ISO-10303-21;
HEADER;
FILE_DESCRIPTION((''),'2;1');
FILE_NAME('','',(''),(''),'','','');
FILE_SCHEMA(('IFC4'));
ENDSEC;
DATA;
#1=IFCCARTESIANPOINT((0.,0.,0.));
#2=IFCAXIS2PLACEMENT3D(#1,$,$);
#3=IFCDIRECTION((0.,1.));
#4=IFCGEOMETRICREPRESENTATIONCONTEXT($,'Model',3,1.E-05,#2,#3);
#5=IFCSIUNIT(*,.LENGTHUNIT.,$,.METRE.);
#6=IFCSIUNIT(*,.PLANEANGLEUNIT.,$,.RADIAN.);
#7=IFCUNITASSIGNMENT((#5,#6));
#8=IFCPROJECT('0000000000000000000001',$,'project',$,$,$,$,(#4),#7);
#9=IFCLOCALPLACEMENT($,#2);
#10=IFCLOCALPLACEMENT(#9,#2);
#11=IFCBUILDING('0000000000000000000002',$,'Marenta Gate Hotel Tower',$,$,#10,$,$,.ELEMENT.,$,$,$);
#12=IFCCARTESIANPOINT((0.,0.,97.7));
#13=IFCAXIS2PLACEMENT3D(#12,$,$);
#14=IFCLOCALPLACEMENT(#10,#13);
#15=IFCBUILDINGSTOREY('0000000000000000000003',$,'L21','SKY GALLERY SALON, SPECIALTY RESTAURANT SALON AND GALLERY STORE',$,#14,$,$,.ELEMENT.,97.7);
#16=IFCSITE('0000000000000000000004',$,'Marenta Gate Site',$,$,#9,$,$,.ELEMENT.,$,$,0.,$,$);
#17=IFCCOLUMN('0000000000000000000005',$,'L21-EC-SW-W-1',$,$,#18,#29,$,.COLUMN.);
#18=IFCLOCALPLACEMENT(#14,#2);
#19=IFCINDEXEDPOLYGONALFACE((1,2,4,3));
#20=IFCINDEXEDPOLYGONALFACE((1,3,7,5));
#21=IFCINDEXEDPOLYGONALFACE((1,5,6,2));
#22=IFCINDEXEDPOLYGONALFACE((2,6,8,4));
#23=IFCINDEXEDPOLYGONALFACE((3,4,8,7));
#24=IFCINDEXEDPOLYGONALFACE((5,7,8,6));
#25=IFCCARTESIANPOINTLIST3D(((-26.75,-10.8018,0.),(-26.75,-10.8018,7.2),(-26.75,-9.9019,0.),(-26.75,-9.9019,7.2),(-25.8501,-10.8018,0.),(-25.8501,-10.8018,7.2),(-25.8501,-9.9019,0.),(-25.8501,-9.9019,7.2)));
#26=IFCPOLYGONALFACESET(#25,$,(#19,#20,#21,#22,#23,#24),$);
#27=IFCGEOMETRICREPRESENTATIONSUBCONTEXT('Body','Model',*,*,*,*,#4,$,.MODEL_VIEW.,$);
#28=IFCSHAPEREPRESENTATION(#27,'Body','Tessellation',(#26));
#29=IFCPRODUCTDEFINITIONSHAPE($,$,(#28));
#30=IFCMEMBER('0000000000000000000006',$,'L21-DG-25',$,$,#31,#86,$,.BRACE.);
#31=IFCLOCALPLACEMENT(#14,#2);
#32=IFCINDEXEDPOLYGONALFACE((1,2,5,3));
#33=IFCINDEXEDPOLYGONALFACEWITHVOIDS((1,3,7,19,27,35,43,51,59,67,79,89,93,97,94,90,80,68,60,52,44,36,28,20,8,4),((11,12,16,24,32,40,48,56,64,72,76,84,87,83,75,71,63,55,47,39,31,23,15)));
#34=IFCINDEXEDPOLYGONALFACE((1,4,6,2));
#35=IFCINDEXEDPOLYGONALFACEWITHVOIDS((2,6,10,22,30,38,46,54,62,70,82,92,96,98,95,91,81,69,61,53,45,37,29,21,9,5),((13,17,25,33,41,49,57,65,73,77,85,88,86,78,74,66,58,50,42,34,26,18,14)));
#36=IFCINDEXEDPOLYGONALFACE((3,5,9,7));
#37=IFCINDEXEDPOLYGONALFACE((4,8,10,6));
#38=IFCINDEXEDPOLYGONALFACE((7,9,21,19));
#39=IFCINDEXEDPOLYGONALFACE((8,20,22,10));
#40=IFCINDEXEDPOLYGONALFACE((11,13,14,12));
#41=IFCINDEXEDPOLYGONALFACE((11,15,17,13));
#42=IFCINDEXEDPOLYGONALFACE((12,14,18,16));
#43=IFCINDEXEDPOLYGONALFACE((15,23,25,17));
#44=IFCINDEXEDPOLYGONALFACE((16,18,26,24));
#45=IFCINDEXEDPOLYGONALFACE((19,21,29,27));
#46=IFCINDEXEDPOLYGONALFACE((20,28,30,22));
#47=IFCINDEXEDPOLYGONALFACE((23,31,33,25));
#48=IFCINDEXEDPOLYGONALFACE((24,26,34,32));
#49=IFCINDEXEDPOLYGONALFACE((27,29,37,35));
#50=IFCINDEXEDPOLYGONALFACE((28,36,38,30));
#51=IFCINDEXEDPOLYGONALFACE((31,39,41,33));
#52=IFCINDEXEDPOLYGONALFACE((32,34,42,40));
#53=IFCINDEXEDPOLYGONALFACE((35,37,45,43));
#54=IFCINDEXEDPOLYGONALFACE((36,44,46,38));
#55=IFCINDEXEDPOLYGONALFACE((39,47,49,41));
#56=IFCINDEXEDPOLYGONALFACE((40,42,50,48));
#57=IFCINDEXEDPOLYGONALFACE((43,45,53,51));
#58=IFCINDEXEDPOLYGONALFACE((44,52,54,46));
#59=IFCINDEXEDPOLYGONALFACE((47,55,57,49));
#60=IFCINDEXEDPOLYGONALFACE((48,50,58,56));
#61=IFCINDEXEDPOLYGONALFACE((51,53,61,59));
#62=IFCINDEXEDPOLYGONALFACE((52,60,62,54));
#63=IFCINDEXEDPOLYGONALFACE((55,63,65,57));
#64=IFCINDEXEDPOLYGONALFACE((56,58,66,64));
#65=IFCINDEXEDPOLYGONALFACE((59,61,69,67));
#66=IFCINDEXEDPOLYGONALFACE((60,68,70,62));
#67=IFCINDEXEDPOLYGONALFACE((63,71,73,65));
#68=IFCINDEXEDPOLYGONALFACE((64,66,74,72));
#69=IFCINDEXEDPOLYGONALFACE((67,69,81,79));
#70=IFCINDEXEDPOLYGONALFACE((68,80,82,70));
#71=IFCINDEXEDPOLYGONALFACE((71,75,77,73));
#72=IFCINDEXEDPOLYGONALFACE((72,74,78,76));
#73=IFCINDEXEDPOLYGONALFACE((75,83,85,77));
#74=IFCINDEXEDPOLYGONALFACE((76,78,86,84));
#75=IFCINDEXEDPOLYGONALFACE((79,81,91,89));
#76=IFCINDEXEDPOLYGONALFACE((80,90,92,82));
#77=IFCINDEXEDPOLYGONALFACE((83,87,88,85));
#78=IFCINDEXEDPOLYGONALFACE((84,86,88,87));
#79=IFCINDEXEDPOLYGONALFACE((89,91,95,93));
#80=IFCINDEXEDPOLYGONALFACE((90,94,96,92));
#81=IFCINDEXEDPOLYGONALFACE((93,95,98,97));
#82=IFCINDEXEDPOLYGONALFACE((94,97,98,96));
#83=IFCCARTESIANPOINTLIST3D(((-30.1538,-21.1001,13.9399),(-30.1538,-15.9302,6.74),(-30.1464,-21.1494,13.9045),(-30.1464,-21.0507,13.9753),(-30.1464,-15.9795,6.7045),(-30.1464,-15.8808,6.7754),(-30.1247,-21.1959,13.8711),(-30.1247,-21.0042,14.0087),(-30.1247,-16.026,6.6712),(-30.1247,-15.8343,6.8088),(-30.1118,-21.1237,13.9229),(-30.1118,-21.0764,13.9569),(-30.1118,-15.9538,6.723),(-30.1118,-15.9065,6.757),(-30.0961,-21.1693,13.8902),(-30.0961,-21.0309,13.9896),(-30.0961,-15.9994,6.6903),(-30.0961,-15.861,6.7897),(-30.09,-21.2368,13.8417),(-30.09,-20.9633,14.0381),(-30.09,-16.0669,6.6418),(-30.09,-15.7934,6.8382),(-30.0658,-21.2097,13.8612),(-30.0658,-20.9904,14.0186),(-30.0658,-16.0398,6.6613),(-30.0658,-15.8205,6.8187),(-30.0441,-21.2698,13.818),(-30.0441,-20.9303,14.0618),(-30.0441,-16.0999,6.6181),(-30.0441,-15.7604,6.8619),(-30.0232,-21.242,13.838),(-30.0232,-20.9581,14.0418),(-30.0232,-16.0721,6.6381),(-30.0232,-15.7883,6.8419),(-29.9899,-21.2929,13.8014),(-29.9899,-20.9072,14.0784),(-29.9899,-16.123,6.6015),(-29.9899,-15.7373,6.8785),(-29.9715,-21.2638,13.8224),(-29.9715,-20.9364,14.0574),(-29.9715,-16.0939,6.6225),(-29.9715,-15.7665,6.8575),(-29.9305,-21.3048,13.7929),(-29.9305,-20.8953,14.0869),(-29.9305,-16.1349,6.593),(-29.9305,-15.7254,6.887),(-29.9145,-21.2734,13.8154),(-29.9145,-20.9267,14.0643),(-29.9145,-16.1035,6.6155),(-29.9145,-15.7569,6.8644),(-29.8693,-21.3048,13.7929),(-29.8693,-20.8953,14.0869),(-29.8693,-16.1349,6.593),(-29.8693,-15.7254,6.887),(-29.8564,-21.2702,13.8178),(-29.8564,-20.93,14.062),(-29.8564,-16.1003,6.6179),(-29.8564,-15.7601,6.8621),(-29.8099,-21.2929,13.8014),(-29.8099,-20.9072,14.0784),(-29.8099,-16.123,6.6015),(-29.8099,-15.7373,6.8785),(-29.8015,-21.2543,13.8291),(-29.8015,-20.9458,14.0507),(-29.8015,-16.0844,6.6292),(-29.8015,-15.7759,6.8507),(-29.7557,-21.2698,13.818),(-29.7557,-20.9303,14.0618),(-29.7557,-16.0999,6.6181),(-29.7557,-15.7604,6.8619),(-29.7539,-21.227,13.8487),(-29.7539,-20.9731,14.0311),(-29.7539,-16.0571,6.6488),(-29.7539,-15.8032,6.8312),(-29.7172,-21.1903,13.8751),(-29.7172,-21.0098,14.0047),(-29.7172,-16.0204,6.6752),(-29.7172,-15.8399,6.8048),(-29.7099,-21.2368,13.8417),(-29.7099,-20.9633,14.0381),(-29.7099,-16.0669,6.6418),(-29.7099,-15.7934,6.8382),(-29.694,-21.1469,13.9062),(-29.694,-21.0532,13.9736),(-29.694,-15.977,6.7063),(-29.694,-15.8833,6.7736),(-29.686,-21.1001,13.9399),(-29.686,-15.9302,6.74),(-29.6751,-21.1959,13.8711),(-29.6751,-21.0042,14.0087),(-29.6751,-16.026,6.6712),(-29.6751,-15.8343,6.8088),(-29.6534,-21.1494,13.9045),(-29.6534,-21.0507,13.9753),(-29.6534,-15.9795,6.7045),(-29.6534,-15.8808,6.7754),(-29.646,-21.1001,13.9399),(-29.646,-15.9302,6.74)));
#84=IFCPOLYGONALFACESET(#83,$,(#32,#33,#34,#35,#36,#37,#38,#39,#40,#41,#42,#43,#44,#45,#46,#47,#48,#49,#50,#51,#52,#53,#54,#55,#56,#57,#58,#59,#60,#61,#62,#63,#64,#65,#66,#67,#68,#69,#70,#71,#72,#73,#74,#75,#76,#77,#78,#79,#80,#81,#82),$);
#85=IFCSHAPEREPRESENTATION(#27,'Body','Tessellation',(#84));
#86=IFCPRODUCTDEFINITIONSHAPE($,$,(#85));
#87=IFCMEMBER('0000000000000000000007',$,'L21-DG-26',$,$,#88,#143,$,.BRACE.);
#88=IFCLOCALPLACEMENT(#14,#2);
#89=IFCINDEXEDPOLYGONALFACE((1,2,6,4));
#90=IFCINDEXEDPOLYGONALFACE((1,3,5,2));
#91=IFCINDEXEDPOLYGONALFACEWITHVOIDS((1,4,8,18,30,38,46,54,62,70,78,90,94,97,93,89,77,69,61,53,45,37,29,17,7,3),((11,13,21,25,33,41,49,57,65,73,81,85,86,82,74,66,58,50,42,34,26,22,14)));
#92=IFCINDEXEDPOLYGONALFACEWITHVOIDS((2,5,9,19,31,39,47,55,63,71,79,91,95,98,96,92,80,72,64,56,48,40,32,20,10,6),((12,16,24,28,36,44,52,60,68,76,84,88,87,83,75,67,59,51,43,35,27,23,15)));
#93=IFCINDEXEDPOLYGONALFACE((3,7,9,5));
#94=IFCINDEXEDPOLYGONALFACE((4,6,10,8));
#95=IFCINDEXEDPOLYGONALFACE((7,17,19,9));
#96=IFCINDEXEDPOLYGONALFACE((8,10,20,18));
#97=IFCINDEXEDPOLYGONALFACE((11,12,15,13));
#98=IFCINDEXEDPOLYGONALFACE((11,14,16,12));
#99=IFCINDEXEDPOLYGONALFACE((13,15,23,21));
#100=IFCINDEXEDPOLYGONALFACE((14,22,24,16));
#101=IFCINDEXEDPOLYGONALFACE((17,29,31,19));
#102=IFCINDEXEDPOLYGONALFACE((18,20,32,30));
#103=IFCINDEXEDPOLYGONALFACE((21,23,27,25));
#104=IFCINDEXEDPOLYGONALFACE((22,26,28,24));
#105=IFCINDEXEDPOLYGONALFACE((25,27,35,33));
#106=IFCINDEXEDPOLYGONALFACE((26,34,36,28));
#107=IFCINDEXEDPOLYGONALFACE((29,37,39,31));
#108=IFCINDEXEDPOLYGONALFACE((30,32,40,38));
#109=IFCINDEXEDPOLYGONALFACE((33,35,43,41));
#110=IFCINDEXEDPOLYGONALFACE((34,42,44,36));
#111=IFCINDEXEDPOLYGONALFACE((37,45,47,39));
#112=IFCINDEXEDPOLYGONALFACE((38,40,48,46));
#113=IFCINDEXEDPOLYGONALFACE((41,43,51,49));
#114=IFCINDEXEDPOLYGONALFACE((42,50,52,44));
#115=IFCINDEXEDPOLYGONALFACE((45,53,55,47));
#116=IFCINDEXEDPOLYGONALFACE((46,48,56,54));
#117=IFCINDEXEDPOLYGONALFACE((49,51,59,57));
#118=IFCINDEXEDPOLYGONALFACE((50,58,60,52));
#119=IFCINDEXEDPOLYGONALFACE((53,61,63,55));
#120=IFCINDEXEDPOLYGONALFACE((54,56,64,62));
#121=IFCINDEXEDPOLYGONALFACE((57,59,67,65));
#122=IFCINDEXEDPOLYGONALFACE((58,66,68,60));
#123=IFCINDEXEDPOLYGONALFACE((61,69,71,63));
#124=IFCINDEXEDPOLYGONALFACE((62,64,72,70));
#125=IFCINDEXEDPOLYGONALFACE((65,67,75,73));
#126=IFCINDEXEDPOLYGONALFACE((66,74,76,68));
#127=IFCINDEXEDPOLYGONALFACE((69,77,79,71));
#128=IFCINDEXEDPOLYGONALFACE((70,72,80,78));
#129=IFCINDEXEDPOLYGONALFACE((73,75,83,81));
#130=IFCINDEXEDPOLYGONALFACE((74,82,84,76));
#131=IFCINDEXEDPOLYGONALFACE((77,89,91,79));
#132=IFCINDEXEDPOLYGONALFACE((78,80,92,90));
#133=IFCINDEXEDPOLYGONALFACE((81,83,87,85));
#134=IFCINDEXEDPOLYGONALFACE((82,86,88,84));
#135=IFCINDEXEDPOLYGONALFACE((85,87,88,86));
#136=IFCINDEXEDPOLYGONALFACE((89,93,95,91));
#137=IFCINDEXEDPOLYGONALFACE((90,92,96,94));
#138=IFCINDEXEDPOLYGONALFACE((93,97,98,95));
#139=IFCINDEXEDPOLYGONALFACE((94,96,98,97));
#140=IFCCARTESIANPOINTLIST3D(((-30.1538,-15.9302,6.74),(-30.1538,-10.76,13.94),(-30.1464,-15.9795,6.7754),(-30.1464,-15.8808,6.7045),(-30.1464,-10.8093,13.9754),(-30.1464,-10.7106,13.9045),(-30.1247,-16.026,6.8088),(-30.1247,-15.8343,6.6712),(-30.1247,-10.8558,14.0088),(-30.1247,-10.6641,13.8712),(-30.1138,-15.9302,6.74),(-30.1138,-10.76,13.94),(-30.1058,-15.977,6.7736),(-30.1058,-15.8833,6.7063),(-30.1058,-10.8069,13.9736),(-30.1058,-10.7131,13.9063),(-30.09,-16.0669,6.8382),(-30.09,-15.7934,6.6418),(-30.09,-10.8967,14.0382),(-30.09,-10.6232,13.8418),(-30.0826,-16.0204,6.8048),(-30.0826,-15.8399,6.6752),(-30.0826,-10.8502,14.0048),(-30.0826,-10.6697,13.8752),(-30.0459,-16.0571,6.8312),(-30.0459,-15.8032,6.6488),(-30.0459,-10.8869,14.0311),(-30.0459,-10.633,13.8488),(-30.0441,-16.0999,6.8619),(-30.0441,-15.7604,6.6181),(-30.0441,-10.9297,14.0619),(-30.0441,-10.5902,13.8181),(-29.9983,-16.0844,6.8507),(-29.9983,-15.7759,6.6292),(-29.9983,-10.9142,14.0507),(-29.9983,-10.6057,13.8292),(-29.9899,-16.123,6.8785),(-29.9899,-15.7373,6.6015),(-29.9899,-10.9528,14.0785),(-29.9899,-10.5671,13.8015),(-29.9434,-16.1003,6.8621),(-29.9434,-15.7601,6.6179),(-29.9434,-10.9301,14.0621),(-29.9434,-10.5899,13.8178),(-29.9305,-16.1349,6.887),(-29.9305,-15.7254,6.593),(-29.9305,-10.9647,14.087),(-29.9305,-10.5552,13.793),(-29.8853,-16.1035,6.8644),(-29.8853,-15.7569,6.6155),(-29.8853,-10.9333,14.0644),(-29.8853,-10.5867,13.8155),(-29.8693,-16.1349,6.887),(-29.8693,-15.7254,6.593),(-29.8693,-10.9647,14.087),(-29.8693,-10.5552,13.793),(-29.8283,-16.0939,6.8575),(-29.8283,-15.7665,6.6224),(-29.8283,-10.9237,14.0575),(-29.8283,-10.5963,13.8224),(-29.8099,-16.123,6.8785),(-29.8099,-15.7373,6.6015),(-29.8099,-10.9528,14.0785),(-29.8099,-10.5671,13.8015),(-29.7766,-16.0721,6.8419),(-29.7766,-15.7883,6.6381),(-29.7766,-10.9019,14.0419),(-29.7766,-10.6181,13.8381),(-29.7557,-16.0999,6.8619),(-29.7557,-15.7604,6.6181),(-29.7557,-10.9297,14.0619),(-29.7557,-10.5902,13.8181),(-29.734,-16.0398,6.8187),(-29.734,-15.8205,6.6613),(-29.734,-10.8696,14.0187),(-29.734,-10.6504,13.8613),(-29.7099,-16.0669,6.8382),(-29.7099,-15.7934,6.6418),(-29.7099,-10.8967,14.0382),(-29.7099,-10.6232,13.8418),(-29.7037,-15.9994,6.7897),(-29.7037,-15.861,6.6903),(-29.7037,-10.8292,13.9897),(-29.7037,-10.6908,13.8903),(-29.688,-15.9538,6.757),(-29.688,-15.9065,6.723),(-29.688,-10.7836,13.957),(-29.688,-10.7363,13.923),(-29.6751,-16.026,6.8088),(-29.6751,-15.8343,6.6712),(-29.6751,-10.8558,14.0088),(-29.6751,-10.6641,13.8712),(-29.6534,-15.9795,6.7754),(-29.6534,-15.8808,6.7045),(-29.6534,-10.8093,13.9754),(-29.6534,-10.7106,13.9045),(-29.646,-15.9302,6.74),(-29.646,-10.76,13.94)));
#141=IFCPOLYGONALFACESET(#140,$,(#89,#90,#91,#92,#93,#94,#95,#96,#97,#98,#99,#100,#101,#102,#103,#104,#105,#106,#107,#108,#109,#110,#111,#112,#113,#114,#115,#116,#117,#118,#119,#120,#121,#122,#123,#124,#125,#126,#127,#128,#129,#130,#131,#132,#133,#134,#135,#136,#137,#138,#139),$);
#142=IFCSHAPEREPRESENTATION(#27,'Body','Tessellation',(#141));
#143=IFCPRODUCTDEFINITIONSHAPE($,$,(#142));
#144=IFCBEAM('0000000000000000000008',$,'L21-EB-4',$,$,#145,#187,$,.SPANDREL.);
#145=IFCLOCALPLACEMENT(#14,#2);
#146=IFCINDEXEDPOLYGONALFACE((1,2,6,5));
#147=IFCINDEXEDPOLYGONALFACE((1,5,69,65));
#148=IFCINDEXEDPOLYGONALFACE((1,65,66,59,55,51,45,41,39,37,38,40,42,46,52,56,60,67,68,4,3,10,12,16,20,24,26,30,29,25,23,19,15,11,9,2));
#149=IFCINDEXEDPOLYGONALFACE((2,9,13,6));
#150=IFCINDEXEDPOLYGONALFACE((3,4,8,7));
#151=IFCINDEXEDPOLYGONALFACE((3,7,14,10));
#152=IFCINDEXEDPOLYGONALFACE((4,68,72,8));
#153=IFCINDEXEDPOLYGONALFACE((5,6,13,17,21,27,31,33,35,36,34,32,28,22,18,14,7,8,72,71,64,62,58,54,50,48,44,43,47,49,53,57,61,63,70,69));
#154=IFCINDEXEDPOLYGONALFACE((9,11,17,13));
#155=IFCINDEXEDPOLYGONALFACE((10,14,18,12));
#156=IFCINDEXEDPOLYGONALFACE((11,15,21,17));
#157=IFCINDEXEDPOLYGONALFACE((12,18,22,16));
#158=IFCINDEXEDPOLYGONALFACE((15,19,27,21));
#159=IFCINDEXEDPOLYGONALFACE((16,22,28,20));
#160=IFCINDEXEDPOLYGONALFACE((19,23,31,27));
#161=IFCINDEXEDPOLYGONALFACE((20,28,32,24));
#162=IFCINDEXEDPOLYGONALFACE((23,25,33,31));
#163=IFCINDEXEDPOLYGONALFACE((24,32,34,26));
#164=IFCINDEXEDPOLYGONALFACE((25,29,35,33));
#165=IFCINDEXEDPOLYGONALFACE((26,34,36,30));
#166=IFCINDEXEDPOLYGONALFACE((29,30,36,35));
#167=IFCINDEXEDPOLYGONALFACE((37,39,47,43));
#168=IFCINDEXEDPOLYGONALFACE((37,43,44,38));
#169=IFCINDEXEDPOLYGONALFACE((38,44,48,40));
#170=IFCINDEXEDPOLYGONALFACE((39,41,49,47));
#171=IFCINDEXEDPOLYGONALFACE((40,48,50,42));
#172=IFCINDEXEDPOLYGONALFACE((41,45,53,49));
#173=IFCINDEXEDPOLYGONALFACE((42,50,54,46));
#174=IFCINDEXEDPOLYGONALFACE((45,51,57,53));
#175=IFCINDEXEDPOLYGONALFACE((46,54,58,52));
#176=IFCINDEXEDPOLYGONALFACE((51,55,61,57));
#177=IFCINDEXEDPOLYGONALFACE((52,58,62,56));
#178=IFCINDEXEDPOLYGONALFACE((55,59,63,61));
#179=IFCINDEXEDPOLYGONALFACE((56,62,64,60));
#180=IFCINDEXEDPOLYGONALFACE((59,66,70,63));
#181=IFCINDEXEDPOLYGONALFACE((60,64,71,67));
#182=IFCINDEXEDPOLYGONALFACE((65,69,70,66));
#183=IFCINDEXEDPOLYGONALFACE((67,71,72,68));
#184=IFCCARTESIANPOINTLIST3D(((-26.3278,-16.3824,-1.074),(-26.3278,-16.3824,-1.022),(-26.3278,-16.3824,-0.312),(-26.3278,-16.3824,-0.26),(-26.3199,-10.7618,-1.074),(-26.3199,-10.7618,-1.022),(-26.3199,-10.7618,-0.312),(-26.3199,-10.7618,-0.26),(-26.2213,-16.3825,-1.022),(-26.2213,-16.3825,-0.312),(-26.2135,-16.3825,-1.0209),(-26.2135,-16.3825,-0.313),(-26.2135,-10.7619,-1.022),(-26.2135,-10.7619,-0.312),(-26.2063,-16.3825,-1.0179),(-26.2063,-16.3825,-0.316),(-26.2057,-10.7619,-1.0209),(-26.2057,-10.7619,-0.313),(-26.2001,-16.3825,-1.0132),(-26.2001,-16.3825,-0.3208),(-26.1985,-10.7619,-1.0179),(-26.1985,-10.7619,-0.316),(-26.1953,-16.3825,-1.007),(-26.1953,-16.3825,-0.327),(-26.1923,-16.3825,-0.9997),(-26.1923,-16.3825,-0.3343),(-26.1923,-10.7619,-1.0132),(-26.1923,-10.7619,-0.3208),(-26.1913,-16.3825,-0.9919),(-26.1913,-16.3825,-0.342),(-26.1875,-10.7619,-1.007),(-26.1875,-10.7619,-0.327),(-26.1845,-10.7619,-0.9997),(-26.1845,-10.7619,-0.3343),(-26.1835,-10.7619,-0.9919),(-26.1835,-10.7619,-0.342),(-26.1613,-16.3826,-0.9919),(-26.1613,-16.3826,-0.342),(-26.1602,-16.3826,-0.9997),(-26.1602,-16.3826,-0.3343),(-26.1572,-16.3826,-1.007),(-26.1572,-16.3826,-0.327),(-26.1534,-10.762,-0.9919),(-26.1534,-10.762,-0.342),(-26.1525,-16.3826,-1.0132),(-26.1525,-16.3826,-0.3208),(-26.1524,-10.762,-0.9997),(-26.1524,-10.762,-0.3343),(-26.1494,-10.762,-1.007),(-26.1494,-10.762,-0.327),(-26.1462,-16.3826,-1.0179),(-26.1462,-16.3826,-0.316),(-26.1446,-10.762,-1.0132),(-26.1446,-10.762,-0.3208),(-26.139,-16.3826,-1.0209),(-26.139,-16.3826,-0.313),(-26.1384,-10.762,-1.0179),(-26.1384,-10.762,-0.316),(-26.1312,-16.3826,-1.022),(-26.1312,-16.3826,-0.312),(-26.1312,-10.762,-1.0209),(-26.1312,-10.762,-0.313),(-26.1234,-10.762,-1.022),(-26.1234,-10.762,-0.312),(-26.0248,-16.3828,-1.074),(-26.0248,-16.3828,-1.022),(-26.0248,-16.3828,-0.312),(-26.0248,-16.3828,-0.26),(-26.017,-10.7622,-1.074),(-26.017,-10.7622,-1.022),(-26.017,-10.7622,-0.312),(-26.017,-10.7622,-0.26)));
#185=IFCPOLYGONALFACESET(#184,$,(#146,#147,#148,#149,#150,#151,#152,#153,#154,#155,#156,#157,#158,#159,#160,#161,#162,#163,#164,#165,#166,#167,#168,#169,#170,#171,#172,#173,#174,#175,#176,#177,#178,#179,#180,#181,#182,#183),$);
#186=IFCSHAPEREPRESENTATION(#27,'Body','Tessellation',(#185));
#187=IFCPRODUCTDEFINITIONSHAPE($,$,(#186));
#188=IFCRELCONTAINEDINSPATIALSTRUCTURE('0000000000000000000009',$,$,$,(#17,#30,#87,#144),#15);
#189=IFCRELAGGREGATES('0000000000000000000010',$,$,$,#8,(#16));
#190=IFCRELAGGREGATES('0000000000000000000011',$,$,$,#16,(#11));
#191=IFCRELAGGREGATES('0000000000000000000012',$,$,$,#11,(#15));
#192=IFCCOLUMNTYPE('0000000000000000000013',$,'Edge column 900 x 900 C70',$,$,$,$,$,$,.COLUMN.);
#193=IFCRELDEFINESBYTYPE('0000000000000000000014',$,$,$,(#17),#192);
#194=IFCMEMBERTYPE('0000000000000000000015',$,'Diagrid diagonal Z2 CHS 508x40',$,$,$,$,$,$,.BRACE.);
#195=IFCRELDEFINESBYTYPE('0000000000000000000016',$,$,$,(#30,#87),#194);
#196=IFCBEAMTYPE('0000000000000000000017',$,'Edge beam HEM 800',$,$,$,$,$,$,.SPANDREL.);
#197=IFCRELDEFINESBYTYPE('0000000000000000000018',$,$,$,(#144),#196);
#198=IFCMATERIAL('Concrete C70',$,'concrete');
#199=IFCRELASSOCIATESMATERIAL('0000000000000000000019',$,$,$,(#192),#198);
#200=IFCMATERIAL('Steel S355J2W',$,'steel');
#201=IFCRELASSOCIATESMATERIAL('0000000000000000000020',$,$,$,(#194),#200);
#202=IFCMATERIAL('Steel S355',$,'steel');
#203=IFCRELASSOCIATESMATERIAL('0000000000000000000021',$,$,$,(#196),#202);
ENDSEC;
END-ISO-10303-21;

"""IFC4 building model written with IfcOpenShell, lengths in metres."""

from ifc_helpers import new_model, si_unit, direction, frame, origin, origin_2d, place, context, subcontext, project, spatial, rectangle, hollow_circle, i_section, extrude, material, material_profile, profile_set, type_object, element, save


model = new_model("IFC4")

# Units and contexts
model_context = context("Model", 3, precision=1e-05, world=origin(), true_north=direction((0.0, 1.0)))
body_context = subcontext(model_context, "Body", "Model", "MODEL_VIEW")
ifc_project = project(units=[si_unit("LENGTHUNIT", "METRE"), si_unit("PLANEANGLEUNIT", "RADIAN")], contexts=[model_context])

# Site, building, storey
site_placement = place(None, origin())
site = spatial("IfcSite", under=ifc_project, at=site_placement, Name="Marenta Gate Site", CompositionType="ELEMENT", RefElevation=0.0)
building_placement = place(site_placement, origin())
building = spatial("IfcBuilding", under=site, at=building_placement, Name="Marenta Gate Hotel Tower", CompositionType="ELEMENT")
storey_placement = place(building_placement, frame((0.0, 0.0, 97.7)))
storey = spatial("IfcBuildingStorey", under=building, at=storey_placement, Name="L21", Description="SKY GALLERY SALON, SPECIALTY RESTAURANT SALON AND GALLERY STORE", CompositionType="ELEMENT", Elevation=97.7)

# Column
ifc_material_1 = material(Name="Concrete C70", Category="concrete")
ifc_material_profile_1 = material_profile(ifc_material_1, rectangle(XDim=0.8999, YDim=0.8999, at=origin_2d()), Name="900 x 900")
ifc_profile_set_1 = profile_set([ifc_material_profile_1], Name="Concrete C70")
column_type = type_object("IfcColumnType", Name="Edge column 900 x 900 C70", PredefinedType="COLUMN", material=ifc_profile_set_1)
column_placement = place(storey_placement, frame((-26.3, -10.3518, 0.0), z_axis=(0.0, 0.0, 1.0), x_axis=(1.0, 0.0, 0.0)))
element("IfcColumn", 1, at=column_placement, inside=storey, type_object=column_type, Name="L21-EC-SW-W-1", PredefinedType="COLUMN", context=body_context, shape_type="SweptSolid", body=[
    extrude(rectangle(XDim=0.8999, YDim=0.8999, at=origin_2d()), origin(), (0.0, 0.0, 1.0), 7.2),
])

# Members
ifc_material_2 = material(Name="Steel S355J2W", Category="steel")
ifc_material_profile_2 = material_profile(ifc_material_2, hollow_circle(Radius=0.2539, WallThickness=0.04, at=origin_2d()), Name="CHS 508x40")
ifc_profile_set_2 = profile_set([ifc_material_profile_2], Name="Steel S355J2W")
member_type_1 = type_object("IfcMemberType", Name="Diagrid diagonal Z2 CHS 508x40", PredefinedType="BRACE", material=ifc_profile_set_2)
member_1_placement = place(storey_placement, frame((-29.8999, -15.9302, 6.74), z_axis=(0.0, -0.583261, 0.812285), x_axis=(1.0, 0.0, 0.0)))
element("IfcMember", 2, at=member_1_placement, inside=storey, type_object=member_type_1, Name="L21-DG-25", PredefinedType="BRACE", context=body_context, shape_type="SweptSolid", body=[
    extrude(hollow_circle(Radius=0.2539, WallThickness=0.04, at=origin_2d()), origin(), (0.0, 0.0, 1.0), 8.8638),
])
member_2_placement = place(storey_placement, frame((-29.8999, -15.9302, 6.74), z_axis=(0.0, 0.583279, 0.812272), x_axis=(-1.0, 0.0, 0.0)))
element("IfcMember", 3, at=member_2_placement, inside=storey, type_object=member_type_1, Name="L21-DG-26", PredefinedType="BRACE", context=body_context, shape_type="SweptSolid", body=[
    extrude(hollow_circle(Radius=0.2539, WallThickness=0.04, at=origin_2d()), origin(), (0.0, 0.0, 1.0), 8.864),
])

# Beam
ifc_material_3 = material(Name="Steel S355", Category="steel")
ifc_material_profile_3 = material_profile(ifc_material_3, i_section(OverallWidth=0.303, OverallDepth=0.814, WebThickness=0.03, FlangeThickness=0.052, FilletRadius=0.03, at=origin_2d()), Name="HEM 800")
ifc_profile_set_3 = profile_set([ifc_material_profile_3], Name="Steel S355")
beam_type = type_object("IfcBeamType", Name="Edge beam HEM 800", PredefinedType="SPANDREL", material=ifc_profile_set_3)
beam_1_placement = place(storey_placement, frame((-26.1763, -16.3826, -0.667), z_axis=(0.00139, 0.999999, 0.0), x_axis=(-0.999999, 0.00139, 0.0)))
element("IfcBeam", 4, at=beam_1_placement, inside=storey, type_object=beam_type, Name="L21-EB-4", PredefinedType="SPANDREL", context=body_context, shape_type="SweptSolid", body=[
    extrude(i_section(OverallWidth=0.303, OverallDepth=0.814, WebThickness=0.03, FlangeThickness=0.052, FilletRadius=0.03, at=origin_2d()), origin(), (0.0, 0.0, 1.0), 5.6206),
])

save(model, "model.ifc")
